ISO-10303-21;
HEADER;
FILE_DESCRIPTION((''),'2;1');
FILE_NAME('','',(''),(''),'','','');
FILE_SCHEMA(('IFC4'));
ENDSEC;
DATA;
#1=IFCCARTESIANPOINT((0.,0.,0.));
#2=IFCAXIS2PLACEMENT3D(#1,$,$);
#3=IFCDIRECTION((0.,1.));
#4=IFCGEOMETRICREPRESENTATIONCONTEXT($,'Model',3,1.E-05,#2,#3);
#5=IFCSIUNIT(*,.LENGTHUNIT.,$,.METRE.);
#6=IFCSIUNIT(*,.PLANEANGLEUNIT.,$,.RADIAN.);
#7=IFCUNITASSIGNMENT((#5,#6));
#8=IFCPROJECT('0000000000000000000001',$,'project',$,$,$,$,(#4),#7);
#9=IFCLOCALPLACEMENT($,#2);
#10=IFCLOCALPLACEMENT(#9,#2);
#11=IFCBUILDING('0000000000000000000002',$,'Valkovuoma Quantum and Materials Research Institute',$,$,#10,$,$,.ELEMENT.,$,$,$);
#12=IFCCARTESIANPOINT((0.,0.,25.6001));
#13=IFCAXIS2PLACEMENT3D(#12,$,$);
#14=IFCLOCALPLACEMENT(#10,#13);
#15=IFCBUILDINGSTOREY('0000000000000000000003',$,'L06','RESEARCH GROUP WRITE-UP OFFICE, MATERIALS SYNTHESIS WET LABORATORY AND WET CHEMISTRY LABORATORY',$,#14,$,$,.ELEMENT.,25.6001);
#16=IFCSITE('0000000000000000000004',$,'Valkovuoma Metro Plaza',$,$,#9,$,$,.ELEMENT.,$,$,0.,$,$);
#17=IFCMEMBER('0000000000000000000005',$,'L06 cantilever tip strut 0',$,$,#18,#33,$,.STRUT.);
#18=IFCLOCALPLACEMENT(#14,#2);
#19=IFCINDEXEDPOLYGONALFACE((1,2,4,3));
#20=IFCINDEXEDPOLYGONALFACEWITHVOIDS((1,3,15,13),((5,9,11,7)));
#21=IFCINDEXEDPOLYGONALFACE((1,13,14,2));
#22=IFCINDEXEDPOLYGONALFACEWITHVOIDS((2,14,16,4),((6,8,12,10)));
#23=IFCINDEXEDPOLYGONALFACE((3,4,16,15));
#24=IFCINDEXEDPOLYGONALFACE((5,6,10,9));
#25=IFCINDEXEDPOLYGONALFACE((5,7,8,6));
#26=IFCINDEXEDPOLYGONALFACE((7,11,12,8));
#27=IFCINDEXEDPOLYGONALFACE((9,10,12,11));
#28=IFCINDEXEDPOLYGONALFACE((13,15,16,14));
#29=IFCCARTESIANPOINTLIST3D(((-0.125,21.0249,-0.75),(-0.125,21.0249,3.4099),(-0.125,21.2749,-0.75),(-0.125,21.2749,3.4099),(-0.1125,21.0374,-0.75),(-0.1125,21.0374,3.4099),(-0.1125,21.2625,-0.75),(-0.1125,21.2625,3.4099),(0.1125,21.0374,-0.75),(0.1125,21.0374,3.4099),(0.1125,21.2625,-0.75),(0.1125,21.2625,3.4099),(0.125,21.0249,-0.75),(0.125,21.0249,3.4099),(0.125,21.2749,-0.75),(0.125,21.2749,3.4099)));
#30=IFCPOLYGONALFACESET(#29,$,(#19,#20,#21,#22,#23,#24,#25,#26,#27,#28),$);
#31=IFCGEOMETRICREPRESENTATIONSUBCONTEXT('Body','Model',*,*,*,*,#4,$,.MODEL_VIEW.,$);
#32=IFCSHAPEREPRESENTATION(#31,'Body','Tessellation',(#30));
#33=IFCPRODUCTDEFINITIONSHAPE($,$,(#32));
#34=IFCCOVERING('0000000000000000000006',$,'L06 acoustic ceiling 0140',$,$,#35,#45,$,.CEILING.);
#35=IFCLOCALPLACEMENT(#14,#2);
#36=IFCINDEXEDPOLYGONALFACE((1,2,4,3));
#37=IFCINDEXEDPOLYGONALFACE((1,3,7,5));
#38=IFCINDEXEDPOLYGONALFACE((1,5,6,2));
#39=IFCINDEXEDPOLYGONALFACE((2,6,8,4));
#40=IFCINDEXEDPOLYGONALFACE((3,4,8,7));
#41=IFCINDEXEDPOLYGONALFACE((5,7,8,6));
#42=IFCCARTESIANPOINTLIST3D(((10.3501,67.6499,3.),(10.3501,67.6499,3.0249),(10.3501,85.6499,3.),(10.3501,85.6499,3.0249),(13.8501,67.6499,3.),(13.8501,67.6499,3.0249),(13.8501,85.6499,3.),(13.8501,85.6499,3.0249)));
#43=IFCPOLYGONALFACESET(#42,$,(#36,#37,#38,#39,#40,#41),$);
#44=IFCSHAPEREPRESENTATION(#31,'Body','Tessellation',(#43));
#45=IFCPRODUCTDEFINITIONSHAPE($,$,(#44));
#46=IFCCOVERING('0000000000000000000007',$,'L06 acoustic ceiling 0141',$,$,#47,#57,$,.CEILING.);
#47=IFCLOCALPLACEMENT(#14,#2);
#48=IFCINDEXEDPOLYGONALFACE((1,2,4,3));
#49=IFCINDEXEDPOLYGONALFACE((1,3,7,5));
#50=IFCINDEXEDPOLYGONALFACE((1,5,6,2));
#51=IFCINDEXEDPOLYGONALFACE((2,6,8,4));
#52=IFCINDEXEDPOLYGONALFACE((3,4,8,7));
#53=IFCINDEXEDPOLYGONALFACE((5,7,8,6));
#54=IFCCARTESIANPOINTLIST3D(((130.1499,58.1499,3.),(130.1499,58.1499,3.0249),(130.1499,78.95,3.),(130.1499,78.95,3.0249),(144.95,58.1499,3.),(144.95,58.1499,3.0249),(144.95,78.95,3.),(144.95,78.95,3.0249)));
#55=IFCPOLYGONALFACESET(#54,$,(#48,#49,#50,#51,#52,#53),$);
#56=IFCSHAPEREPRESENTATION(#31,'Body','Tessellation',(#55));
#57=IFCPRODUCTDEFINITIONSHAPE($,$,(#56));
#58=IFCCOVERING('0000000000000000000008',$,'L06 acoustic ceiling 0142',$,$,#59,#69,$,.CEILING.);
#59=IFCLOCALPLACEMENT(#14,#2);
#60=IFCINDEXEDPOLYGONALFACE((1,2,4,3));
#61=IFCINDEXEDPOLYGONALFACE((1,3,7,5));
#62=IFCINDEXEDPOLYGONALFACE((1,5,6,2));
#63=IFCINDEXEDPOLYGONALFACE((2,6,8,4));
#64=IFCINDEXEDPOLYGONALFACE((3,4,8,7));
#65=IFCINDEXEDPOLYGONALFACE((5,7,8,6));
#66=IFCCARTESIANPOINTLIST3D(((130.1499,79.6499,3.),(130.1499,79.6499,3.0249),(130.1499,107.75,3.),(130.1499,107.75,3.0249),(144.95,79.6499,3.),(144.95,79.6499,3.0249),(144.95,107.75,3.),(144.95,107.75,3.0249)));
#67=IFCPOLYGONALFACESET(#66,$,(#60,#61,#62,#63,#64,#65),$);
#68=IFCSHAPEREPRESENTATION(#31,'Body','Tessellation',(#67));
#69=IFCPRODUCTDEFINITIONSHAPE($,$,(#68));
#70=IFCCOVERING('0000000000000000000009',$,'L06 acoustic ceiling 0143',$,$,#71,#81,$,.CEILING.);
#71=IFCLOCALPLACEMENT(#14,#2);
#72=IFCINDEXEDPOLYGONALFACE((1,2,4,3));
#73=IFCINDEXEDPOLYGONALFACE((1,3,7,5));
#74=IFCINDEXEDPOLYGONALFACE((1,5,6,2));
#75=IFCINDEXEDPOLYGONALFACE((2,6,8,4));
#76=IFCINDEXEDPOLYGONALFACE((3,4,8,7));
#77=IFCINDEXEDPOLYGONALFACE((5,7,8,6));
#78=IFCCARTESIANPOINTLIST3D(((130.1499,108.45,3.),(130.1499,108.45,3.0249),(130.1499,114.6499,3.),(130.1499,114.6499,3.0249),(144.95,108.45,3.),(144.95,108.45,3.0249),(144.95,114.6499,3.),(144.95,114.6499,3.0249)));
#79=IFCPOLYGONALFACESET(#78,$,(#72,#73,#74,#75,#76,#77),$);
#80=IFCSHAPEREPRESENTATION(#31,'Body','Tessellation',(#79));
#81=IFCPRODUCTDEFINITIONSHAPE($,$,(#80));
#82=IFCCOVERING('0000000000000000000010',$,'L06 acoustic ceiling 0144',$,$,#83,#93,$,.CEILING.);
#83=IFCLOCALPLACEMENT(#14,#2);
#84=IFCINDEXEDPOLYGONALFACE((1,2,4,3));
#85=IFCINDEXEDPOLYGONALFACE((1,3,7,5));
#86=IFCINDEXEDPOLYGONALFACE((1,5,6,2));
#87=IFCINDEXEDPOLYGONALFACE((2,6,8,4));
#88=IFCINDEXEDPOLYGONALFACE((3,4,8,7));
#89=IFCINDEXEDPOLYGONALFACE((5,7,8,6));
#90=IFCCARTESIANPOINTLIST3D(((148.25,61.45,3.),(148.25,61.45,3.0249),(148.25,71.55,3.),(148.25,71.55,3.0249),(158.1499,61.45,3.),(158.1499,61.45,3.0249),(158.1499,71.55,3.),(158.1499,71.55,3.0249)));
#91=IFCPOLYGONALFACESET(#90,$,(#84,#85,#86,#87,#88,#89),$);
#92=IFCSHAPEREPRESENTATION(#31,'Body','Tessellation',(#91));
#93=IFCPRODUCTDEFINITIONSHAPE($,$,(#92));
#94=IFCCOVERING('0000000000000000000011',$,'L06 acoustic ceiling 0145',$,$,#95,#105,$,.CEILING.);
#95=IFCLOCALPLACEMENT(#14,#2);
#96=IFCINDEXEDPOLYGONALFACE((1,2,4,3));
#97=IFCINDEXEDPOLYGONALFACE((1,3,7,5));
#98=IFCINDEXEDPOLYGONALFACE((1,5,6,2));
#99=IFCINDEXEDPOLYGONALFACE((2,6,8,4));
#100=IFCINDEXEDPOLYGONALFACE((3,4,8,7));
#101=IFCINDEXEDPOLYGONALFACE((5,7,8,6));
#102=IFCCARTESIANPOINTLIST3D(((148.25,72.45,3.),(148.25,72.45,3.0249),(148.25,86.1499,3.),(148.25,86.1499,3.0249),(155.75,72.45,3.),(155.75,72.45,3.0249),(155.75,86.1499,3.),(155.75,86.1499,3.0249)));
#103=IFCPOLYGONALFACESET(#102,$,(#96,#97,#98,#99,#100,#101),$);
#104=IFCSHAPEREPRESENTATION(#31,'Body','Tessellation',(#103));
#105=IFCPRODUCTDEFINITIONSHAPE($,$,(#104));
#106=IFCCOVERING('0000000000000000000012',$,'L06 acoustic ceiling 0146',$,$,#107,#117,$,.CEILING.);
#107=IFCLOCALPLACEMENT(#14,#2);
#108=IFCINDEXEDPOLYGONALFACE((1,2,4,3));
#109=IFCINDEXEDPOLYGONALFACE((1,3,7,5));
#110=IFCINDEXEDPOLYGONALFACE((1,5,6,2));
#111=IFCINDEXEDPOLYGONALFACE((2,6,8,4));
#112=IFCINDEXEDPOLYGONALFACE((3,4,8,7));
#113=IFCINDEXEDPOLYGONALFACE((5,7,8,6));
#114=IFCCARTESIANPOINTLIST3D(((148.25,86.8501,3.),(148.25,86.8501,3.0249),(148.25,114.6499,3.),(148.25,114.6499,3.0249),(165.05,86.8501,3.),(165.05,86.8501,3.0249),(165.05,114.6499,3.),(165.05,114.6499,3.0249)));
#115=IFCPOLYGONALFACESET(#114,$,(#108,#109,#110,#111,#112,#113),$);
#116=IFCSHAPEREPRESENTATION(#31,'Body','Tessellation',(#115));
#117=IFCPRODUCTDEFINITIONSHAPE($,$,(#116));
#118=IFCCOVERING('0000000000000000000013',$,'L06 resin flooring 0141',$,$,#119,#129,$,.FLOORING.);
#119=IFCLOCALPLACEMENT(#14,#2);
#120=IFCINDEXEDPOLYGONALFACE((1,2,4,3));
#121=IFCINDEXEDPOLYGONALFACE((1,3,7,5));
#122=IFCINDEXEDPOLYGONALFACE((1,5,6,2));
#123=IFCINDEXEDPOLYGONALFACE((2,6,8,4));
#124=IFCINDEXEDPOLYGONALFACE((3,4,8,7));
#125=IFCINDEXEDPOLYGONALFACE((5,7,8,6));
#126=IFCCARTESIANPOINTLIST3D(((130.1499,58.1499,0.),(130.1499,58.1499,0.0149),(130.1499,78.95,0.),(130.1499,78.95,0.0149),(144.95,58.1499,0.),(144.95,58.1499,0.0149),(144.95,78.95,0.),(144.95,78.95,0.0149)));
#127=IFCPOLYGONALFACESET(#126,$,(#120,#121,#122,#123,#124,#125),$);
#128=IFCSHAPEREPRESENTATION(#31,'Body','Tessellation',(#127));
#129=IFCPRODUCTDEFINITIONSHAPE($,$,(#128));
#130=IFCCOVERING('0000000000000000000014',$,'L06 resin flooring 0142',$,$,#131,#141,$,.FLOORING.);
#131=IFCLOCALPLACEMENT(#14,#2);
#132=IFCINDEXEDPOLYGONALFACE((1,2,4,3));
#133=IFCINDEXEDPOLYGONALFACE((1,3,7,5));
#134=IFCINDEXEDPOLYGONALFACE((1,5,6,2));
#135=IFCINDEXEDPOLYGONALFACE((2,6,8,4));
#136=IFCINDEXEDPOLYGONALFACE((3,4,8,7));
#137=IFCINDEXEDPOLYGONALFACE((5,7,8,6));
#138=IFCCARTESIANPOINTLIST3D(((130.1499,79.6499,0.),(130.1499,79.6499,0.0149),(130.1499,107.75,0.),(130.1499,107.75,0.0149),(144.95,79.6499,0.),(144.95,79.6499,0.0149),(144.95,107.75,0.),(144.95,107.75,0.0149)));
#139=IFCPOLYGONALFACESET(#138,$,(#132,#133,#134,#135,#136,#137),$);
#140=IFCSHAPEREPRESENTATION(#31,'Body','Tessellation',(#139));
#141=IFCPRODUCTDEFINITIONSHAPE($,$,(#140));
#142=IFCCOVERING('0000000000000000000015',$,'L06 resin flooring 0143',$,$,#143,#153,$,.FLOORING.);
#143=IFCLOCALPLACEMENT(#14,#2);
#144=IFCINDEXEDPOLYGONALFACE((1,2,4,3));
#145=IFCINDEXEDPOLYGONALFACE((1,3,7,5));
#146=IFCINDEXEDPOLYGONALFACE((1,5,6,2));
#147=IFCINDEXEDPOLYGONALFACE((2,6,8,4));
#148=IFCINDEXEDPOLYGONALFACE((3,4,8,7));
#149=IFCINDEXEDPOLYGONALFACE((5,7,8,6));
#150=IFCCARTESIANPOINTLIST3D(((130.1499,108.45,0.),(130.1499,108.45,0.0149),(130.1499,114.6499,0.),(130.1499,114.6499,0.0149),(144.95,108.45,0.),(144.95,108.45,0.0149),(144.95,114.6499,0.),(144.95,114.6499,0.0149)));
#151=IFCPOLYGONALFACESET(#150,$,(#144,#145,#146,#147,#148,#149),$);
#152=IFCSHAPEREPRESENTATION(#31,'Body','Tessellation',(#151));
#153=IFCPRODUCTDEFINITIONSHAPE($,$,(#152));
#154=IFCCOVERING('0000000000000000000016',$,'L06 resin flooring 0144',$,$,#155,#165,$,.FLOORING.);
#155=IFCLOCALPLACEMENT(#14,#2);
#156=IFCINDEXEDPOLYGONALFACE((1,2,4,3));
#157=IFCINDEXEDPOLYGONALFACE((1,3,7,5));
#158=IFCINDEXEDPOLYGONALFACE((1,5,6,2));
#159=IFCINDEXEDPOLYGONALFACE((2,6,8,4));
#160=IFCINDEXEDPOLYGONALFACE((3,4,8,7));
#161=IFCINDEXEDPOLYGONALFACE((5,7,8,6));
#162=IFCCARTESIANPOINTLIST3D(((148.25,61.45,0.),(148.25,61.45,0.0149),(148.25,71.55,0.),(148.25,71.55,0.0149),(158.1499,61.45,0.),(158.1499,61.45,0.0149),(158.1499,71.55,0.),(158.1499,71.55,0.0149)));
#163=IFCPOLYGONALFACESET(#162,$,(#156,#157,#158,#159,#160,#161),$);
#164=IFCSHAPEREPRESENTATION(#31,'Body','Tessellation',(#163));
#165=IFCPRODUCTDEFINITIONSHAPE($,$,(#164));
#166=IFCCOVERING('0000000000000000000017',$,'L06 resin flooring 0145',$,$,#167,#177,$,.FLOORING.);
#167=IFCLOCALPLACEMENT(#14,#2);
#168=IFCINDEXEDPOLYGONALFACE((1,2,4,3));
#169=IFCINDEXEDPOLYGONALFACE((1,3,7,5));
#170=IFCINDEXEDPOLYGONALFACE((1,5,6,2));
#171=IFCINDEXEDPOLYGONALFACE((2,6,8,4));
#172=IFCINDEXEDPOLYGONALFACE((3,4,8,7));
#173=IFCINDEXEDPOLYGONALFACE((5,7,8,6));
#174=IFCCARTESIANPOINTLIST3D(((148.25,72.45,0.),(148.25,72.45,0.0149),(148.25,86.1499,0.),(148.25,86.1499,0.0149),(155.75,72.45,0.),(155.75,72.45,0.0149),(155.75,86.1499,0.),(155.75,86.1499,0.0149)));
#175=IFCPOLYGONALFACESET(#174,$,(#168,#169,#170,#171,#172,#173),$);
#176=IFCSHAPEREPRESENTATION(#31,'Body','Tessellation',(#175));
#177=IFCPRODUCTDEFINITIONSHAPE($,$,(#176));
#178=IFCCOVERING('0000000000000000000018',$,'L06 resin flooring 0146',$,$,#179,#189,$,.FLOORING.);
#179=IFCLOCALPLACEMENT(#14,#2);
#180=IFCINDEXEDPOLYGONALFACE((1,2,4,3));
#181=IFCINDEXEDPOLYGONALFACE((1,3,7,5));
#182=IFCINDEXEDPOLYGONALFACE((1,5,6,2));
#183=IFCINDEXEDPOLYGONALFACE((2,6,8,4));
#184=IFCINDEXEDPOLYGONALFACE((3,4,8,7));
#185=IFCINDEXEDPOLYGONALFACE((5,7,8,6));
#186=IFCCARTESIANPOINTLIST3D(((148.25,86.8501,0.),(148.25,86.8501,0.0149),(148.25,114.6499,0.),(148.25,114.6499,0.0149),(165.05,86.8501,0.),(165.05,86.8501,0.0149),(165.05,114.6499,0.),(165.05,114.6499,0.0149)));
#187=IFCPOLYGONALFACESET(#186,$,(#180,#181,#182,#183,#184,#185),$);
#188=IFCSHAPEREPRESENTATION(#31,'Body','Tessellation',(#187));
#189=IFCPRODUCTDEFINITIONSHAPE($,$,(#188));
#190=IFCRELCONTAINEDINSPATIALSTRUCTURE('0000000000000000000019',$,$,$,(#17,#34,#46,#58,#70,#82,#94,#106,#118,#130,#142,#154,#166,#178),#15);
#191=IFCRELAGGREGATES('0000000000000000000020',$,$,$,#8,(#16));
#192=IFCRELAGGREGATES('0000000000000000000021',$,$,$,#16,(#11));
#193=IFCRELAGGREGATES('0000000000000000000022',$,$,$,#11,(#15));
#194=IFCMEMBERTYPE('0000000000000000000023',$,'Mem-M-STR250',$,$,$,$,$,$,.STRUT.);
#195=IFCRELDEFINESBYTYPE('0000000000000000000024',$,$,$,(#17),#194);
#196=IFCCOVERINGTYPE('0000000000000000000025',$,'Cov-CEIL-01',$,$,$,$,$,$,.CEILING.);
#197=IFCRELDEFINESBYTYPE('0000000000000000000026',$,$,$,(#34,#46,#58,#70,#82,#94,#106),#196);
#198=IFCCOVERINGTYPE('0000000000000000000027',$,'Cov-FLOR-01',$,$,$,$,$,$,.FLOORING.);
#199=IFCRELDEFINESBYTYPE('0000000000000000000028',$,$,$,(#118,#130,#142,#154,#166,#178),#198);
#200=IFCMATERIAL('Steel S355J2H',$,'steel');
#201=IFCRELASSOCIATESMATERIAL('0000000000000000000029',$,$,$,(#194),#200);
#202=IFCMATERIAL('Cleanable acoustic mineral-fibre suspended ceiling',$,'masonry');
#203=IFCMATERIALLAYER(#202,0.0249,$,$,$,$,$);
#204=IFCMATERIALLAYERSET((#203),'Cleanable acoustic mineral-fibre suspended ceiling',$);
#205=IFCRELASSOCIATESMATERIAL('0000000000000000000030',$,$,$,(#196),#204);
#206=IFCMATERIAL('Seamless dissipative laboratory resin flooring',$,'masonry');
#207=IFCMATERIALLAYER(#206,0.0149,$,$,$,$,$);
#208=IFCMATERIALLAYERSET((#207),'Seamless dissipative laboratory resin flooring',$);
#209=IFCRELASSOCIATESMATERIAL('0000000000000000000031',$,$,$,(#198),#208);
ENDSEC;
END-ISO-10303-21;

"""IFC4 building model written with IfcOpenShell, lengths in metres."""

from ifc_helpers import new_model, si_unit, direction, frame, origin, origin_2d, place, context, subcontext, project, spatial, polyline, hollow_rectangle, outline, extrude, material, layer, layer_set, material_profile, profile_set, type_object, element, save


model = new_model("IFC4")

# Units and contexts
model_context = context("Model", 3, precision=1e-05, world=origin(), true_north=direction((0.0, 1.0)))
body_context = subcontext(model_context, "Body", "Model", "MODEL_VIEW")
ifc_project = project(units=[si_unit("LENGTHUNIT", "METRE"), si_unit("PLANEANGLEUNIT", "RADIAN")], contexts=[model_context])

# Site, building, storey
site_placement = place(None, origin())
site = spatial("IfcSite", under=ifc_project, at=site_placement, Name="Valkovuoma Metro Plaza", CompositionType="ELEMENT", RefElevation=0.0)
building_placement = place(site_placement, origin())
building = spatial("IfcBuilding", under=site, at=building_placement, Name="Valkovuoma Quantum and Materials Research Institute", CompositionType="ELEMENT")
storey_placement = place(building_placement, frame((0.0, 0.0, 25.6001)))
storey = spatial("IfcBuildingStorey", under=building, at=storey_placement, Name="L06", Description="RESEARCH GROUP WRITE-UP OFFICE, MATERIALS SYNTHESIS WET LABORATORY AND WET CHEMISTRY LABORATORY", CompositionType="ELEMENT", Elevation=25.6001)

# Member
ifc_material_1 = material(Name="Steel S355J2H", Category="steel")
ifc_material_profile_1 = material_profile(ifc_material_1, hollow_rectangle(XDim=0.25, YDim=0.25, WallThickness=0.0125, at=origin_2d()), Name="Steel S355J2H")
ifc_profile_set_1 = profile_set([ifc_material_profile_1], Name="Steel S355J2H")
member_type = type_object("IfcMemberType", Name="Mem-M-STR250", PredefinedType="STRUT", material=ifc_profile_set_1)
member_placement = place(storey_placement, frame((0.0, 21.1499, -0.75), z_axis=(0.0, 0.0, 1.0), x_axis=(1.0, 0.0, 0.0)))
element("IfcMember", 1, at=member_placement, inside=storey, type_object=member_type, Name="L06 cantilever tip strut 0", PredefinedType="STRUT", context=body_context, shape_type="SweptSolid", body=[
    extrude(hollow_rectangle(XDim=0.25, YDim=0.25, WallThickness=0.0125, at=origin_2d()), origin(), (0.0, 0.0, 1.0), 4.1599),
])

# Coverings
ifc_material_2 = material(Name="Cleanable acoustic mineral-fibre suspended ceiling", Category="masonry")
ifc_layer_1 = layer(ifc_material_2, 0.0249)
ifc_layer_set_1 = layer_set([ifc_layer_1], Name="Cleanable acoustic mineral-fibre suspended ceiling")
covering_type_1 = type_object("IfcCoveringType", Name="Cov-CEIL-01", PredefinedType="CEILING", material=ifc_layer_set_1)
covering_1_placement = place(storey_placement, frame((0.0, 0.0, 3.0)))
element("IfcCovering", 2, at=covering_1_placement, inside=storey, type_object=covering_type_1, Name="L06 acoustic ceiling 0140", PredefinedType="CEILING", context=body_context, shape_type="SweptSolid", body=[
    extrude(outline(polyline([(10.3501, 67.6499), (13.8501, 67.6499), (13.8501, 85.6499), (10.3501, 85.6499), (10.3501, 67.6499)])), origin(), (0.0, 0.0, 1.0), 0.0249),
])
covering_2_placement = place(storey_placement, frame((0.0, 0.0, 3.0)))
element("IfcCovering", 3, at=covering_2_placement, inside=storey, type_object=covering_type_1, Name="L06 acoustic ceiling 0141", PredefinedType="CEILING", context=body_context, shape_type="SweptSolid", body=[
    extrude(outline(polyline([(130.1499, 58.1499), (144.95, 58.1499), (144.95, 78.95), (130.1499, 78.95), (130.1499, 58.1499)])), origin(), (0.0, 0.0, 1.0), 0.0249),
])
covering_3_placement = place(storey_placement, frame((0.0, 0.0, 3.0)))
element("IfcCovering", 4, at=covering_3_placement, inside=storey, type_object=covering_type_1, Name="L06 acoustic ceiling 0142", PredefinedType="CEILING", context=body_context, shape_type="SweptSolid", body=[
    extrude(outline(polyline([(130.1499, 79.6499), (144.95, 79.6499), (144.95, 107.75), (130.1499, 107.75), (130.1499, 79.6499)])), origin(), (0.0, 0.0, 1.0), 0.0249),
])
covering_4_placement = place(storey_placement, frame((0.0, 0.0, 3.0)))
element("IfcCovering", 5, at=covering_4_placement, inside=storey, type_object=covering_type_1, Name="L06 acoustic ceiling 0143", PredefinedType="CEILING", context=body_context, shape_type="SweptSolid", body=[
    extrude(outline(polyline([(130.1499, 108.45), (144.95, 108.45), (144.95, 114.6499), (130.1499, 114.6499), (130.1499, 108.45)])), origin(), (0.0, 0.0, 1.0), 0.0249),
])
covering_5_placement = place(storey_placement, frame((0.0, 0.0, 3.0)))
element("IfcCovering", 6, at=covering_5_placement, inside=storey, type_object=covering_type_1, Name="L06 acoustic ceiling 0144", PredefinedType="CEILING", context=body_context, shape_type="SweptSolid", body=[
    extrude(outline(polyline([(148.25, 61.45), (158.1499, 61.45), (158.1499, 71.55), (148.25, 71.55), (148.25, 61.45)])), origin(), (0.0, 0.0, 1.0), 0.0249),
])
covering_6_placement = place(storey_placement, frame((0.0, 0.0, 3.0)))
element("IfcCovering", 7, at=covering_6_placement, inside=storey, type_object=covering_type_1, Name="L06 acoustic ceiling 0145", PredefinedType="CEILING", context=body_context, shape_type="SweptSolid", body=[
    extrude(outline(polyline([(148.25, 72.45), (155.75, 72.45), (155.75, 86.1499), (148.25, 86.1499), (148.25, 72.45)])), origin(), (0.0, 0.0, 1.0), 0.0249),
])
covering_7_placement = place(storey_placement, frame((0.0, 0.0, 3.0)))
element("IfcCovering", 8, at=covering_7_placement, inside=storey, type_object=covering_type_1, Name="L06 acoustic ceiling 0146", PredefinedType="CEILING", context=body_context, shape_type="SweptSolid", body=[
    extrude(outline(polyline([(148.25, 86.8501), (165.05, 86.8501), (165.05, 114.6499), (148.25, 114.6499), (148.25, 86.8501)])), origin(), (0.0, 0.0, 1.0), 0.0249),
])
ifc_material_3 = material(Name="Seamless dissipative laboratory resin flooring", Category="masonry")
ifc_layer_2 = layer(ifc_material_3, 0.0149)
ifc_layer_set_2 = layer_set([ifc_layer_2], Name="Seamless dissipative laboratory resin flooring")
covering_type_2 = type_object("IfcCoveringType", Name="Cov-FLOR-01", PredefinedType="FLOORING", material=ifc_layer_set_2)
covering_8_placement = place(storey_placement, origin())
element("IfcCovering", 9, at=covering_8_placement, inside=storey, type_object=covering_type_2, Name="L06 resin flooring 0141", PredefinedType="FLOORING", context=body_context, shape_type="SweptSolid", body=[
    extrude(outline(polyline([(130.1499, 58.1499), (144.95, 58.1499), (144.95, 78.95), (130.1499, 78.95), (130.1499, 58.1499)])), origin(), (0.0, 0.0, 1.0), 0.0149),
])
covering_9_placement = place(storey_placement, origin())
element("IfcCovering", 10, at=covering_9_placement, inside=storey, type_object=covering_type_2, Name="L06 resin flooring 0142", PredefinedType="FLOORING", context=body_context, shape_type="SweptSolid", body=[
    extrude(outline(polyline([(130.1499, 79.6499), (144.95, 79.6499), (144.95, 107.75), (130.1499, 107.75), (130.1499, 79.6499)])), origin(), (0.0, 0.0, 1.0), 0.0149),
])
covering_10_placement = place(storey_placement, origin())
element("IfcCovering", 11, at=covering_10_placement, inside=storey, type_object=covering_type_2, Name="L06 resin flooring 0143", PredefinedType="FLOORING", context=body_context, shape_type="SweptSolid", body=[
    extrude(outline(polyline([(130.1499, 108.45), (144.95, 108.45), (144.95, 114.6499), (130.1499, 114.6499), (130.1499, 108.45)])), origin(), (0.0, 0.0, 1.0), 0.0149),
])
covering_11_placement = place(storey_placement, origin())
element("IfcCovering", 12, at=covering_11_placement, inside=storey, type_object=covering_type_2, Name="L06 resin flooring 0144", PredefinedType="FLOORING", context=body_context, shape_type="SweptSolid", body=[
    extrude(outline(polyline([(148.25, 61.45), (158.1499, 61.45), (158.1499, 71.55), (148.25, 71.55), (148.25, 61.45)])), origin(), (0.0, 0.0, 1.0), 0.0149),
])
covering_12_placement = place(storey_placement, origin())
element("IfcCovering", 13, at=covering_12_placement, inside=storey, type_object=covering_type_2, Name="L06 resin flooring 0145", PredefinedType="FLOORING", context=body_context, shape_type="SweptSolid", body=[
    extrude(outline(polyline([(148.25, 72.45), (155.75, 72.45), (155.75, 86.1499), (148.25, 86.1499), (148.25, 72.45)])), origin(), (0.0, 0.0, 1.0), 0.0149),
])
covering_13_placement = place(storey_placement, origin())
element("IfcCovering", 14, at=covering_13_placement, inside=storey, type_object=covering_type_2, Name="L06 resin flooring 0146", PredefinedType="FLOORING", context=body_context, shape_type="SweptSolid", body=[
    extrude(outline(polyline([(148.25, 86.8501), (165.05, 86.8501), (165.05, 114.6499), (148.25, 114.6499), (148.25, 86.8501)])), origin(), (0.0, 0.0, 1.0), 0.0149),
])

save(model, "model.ifc")
